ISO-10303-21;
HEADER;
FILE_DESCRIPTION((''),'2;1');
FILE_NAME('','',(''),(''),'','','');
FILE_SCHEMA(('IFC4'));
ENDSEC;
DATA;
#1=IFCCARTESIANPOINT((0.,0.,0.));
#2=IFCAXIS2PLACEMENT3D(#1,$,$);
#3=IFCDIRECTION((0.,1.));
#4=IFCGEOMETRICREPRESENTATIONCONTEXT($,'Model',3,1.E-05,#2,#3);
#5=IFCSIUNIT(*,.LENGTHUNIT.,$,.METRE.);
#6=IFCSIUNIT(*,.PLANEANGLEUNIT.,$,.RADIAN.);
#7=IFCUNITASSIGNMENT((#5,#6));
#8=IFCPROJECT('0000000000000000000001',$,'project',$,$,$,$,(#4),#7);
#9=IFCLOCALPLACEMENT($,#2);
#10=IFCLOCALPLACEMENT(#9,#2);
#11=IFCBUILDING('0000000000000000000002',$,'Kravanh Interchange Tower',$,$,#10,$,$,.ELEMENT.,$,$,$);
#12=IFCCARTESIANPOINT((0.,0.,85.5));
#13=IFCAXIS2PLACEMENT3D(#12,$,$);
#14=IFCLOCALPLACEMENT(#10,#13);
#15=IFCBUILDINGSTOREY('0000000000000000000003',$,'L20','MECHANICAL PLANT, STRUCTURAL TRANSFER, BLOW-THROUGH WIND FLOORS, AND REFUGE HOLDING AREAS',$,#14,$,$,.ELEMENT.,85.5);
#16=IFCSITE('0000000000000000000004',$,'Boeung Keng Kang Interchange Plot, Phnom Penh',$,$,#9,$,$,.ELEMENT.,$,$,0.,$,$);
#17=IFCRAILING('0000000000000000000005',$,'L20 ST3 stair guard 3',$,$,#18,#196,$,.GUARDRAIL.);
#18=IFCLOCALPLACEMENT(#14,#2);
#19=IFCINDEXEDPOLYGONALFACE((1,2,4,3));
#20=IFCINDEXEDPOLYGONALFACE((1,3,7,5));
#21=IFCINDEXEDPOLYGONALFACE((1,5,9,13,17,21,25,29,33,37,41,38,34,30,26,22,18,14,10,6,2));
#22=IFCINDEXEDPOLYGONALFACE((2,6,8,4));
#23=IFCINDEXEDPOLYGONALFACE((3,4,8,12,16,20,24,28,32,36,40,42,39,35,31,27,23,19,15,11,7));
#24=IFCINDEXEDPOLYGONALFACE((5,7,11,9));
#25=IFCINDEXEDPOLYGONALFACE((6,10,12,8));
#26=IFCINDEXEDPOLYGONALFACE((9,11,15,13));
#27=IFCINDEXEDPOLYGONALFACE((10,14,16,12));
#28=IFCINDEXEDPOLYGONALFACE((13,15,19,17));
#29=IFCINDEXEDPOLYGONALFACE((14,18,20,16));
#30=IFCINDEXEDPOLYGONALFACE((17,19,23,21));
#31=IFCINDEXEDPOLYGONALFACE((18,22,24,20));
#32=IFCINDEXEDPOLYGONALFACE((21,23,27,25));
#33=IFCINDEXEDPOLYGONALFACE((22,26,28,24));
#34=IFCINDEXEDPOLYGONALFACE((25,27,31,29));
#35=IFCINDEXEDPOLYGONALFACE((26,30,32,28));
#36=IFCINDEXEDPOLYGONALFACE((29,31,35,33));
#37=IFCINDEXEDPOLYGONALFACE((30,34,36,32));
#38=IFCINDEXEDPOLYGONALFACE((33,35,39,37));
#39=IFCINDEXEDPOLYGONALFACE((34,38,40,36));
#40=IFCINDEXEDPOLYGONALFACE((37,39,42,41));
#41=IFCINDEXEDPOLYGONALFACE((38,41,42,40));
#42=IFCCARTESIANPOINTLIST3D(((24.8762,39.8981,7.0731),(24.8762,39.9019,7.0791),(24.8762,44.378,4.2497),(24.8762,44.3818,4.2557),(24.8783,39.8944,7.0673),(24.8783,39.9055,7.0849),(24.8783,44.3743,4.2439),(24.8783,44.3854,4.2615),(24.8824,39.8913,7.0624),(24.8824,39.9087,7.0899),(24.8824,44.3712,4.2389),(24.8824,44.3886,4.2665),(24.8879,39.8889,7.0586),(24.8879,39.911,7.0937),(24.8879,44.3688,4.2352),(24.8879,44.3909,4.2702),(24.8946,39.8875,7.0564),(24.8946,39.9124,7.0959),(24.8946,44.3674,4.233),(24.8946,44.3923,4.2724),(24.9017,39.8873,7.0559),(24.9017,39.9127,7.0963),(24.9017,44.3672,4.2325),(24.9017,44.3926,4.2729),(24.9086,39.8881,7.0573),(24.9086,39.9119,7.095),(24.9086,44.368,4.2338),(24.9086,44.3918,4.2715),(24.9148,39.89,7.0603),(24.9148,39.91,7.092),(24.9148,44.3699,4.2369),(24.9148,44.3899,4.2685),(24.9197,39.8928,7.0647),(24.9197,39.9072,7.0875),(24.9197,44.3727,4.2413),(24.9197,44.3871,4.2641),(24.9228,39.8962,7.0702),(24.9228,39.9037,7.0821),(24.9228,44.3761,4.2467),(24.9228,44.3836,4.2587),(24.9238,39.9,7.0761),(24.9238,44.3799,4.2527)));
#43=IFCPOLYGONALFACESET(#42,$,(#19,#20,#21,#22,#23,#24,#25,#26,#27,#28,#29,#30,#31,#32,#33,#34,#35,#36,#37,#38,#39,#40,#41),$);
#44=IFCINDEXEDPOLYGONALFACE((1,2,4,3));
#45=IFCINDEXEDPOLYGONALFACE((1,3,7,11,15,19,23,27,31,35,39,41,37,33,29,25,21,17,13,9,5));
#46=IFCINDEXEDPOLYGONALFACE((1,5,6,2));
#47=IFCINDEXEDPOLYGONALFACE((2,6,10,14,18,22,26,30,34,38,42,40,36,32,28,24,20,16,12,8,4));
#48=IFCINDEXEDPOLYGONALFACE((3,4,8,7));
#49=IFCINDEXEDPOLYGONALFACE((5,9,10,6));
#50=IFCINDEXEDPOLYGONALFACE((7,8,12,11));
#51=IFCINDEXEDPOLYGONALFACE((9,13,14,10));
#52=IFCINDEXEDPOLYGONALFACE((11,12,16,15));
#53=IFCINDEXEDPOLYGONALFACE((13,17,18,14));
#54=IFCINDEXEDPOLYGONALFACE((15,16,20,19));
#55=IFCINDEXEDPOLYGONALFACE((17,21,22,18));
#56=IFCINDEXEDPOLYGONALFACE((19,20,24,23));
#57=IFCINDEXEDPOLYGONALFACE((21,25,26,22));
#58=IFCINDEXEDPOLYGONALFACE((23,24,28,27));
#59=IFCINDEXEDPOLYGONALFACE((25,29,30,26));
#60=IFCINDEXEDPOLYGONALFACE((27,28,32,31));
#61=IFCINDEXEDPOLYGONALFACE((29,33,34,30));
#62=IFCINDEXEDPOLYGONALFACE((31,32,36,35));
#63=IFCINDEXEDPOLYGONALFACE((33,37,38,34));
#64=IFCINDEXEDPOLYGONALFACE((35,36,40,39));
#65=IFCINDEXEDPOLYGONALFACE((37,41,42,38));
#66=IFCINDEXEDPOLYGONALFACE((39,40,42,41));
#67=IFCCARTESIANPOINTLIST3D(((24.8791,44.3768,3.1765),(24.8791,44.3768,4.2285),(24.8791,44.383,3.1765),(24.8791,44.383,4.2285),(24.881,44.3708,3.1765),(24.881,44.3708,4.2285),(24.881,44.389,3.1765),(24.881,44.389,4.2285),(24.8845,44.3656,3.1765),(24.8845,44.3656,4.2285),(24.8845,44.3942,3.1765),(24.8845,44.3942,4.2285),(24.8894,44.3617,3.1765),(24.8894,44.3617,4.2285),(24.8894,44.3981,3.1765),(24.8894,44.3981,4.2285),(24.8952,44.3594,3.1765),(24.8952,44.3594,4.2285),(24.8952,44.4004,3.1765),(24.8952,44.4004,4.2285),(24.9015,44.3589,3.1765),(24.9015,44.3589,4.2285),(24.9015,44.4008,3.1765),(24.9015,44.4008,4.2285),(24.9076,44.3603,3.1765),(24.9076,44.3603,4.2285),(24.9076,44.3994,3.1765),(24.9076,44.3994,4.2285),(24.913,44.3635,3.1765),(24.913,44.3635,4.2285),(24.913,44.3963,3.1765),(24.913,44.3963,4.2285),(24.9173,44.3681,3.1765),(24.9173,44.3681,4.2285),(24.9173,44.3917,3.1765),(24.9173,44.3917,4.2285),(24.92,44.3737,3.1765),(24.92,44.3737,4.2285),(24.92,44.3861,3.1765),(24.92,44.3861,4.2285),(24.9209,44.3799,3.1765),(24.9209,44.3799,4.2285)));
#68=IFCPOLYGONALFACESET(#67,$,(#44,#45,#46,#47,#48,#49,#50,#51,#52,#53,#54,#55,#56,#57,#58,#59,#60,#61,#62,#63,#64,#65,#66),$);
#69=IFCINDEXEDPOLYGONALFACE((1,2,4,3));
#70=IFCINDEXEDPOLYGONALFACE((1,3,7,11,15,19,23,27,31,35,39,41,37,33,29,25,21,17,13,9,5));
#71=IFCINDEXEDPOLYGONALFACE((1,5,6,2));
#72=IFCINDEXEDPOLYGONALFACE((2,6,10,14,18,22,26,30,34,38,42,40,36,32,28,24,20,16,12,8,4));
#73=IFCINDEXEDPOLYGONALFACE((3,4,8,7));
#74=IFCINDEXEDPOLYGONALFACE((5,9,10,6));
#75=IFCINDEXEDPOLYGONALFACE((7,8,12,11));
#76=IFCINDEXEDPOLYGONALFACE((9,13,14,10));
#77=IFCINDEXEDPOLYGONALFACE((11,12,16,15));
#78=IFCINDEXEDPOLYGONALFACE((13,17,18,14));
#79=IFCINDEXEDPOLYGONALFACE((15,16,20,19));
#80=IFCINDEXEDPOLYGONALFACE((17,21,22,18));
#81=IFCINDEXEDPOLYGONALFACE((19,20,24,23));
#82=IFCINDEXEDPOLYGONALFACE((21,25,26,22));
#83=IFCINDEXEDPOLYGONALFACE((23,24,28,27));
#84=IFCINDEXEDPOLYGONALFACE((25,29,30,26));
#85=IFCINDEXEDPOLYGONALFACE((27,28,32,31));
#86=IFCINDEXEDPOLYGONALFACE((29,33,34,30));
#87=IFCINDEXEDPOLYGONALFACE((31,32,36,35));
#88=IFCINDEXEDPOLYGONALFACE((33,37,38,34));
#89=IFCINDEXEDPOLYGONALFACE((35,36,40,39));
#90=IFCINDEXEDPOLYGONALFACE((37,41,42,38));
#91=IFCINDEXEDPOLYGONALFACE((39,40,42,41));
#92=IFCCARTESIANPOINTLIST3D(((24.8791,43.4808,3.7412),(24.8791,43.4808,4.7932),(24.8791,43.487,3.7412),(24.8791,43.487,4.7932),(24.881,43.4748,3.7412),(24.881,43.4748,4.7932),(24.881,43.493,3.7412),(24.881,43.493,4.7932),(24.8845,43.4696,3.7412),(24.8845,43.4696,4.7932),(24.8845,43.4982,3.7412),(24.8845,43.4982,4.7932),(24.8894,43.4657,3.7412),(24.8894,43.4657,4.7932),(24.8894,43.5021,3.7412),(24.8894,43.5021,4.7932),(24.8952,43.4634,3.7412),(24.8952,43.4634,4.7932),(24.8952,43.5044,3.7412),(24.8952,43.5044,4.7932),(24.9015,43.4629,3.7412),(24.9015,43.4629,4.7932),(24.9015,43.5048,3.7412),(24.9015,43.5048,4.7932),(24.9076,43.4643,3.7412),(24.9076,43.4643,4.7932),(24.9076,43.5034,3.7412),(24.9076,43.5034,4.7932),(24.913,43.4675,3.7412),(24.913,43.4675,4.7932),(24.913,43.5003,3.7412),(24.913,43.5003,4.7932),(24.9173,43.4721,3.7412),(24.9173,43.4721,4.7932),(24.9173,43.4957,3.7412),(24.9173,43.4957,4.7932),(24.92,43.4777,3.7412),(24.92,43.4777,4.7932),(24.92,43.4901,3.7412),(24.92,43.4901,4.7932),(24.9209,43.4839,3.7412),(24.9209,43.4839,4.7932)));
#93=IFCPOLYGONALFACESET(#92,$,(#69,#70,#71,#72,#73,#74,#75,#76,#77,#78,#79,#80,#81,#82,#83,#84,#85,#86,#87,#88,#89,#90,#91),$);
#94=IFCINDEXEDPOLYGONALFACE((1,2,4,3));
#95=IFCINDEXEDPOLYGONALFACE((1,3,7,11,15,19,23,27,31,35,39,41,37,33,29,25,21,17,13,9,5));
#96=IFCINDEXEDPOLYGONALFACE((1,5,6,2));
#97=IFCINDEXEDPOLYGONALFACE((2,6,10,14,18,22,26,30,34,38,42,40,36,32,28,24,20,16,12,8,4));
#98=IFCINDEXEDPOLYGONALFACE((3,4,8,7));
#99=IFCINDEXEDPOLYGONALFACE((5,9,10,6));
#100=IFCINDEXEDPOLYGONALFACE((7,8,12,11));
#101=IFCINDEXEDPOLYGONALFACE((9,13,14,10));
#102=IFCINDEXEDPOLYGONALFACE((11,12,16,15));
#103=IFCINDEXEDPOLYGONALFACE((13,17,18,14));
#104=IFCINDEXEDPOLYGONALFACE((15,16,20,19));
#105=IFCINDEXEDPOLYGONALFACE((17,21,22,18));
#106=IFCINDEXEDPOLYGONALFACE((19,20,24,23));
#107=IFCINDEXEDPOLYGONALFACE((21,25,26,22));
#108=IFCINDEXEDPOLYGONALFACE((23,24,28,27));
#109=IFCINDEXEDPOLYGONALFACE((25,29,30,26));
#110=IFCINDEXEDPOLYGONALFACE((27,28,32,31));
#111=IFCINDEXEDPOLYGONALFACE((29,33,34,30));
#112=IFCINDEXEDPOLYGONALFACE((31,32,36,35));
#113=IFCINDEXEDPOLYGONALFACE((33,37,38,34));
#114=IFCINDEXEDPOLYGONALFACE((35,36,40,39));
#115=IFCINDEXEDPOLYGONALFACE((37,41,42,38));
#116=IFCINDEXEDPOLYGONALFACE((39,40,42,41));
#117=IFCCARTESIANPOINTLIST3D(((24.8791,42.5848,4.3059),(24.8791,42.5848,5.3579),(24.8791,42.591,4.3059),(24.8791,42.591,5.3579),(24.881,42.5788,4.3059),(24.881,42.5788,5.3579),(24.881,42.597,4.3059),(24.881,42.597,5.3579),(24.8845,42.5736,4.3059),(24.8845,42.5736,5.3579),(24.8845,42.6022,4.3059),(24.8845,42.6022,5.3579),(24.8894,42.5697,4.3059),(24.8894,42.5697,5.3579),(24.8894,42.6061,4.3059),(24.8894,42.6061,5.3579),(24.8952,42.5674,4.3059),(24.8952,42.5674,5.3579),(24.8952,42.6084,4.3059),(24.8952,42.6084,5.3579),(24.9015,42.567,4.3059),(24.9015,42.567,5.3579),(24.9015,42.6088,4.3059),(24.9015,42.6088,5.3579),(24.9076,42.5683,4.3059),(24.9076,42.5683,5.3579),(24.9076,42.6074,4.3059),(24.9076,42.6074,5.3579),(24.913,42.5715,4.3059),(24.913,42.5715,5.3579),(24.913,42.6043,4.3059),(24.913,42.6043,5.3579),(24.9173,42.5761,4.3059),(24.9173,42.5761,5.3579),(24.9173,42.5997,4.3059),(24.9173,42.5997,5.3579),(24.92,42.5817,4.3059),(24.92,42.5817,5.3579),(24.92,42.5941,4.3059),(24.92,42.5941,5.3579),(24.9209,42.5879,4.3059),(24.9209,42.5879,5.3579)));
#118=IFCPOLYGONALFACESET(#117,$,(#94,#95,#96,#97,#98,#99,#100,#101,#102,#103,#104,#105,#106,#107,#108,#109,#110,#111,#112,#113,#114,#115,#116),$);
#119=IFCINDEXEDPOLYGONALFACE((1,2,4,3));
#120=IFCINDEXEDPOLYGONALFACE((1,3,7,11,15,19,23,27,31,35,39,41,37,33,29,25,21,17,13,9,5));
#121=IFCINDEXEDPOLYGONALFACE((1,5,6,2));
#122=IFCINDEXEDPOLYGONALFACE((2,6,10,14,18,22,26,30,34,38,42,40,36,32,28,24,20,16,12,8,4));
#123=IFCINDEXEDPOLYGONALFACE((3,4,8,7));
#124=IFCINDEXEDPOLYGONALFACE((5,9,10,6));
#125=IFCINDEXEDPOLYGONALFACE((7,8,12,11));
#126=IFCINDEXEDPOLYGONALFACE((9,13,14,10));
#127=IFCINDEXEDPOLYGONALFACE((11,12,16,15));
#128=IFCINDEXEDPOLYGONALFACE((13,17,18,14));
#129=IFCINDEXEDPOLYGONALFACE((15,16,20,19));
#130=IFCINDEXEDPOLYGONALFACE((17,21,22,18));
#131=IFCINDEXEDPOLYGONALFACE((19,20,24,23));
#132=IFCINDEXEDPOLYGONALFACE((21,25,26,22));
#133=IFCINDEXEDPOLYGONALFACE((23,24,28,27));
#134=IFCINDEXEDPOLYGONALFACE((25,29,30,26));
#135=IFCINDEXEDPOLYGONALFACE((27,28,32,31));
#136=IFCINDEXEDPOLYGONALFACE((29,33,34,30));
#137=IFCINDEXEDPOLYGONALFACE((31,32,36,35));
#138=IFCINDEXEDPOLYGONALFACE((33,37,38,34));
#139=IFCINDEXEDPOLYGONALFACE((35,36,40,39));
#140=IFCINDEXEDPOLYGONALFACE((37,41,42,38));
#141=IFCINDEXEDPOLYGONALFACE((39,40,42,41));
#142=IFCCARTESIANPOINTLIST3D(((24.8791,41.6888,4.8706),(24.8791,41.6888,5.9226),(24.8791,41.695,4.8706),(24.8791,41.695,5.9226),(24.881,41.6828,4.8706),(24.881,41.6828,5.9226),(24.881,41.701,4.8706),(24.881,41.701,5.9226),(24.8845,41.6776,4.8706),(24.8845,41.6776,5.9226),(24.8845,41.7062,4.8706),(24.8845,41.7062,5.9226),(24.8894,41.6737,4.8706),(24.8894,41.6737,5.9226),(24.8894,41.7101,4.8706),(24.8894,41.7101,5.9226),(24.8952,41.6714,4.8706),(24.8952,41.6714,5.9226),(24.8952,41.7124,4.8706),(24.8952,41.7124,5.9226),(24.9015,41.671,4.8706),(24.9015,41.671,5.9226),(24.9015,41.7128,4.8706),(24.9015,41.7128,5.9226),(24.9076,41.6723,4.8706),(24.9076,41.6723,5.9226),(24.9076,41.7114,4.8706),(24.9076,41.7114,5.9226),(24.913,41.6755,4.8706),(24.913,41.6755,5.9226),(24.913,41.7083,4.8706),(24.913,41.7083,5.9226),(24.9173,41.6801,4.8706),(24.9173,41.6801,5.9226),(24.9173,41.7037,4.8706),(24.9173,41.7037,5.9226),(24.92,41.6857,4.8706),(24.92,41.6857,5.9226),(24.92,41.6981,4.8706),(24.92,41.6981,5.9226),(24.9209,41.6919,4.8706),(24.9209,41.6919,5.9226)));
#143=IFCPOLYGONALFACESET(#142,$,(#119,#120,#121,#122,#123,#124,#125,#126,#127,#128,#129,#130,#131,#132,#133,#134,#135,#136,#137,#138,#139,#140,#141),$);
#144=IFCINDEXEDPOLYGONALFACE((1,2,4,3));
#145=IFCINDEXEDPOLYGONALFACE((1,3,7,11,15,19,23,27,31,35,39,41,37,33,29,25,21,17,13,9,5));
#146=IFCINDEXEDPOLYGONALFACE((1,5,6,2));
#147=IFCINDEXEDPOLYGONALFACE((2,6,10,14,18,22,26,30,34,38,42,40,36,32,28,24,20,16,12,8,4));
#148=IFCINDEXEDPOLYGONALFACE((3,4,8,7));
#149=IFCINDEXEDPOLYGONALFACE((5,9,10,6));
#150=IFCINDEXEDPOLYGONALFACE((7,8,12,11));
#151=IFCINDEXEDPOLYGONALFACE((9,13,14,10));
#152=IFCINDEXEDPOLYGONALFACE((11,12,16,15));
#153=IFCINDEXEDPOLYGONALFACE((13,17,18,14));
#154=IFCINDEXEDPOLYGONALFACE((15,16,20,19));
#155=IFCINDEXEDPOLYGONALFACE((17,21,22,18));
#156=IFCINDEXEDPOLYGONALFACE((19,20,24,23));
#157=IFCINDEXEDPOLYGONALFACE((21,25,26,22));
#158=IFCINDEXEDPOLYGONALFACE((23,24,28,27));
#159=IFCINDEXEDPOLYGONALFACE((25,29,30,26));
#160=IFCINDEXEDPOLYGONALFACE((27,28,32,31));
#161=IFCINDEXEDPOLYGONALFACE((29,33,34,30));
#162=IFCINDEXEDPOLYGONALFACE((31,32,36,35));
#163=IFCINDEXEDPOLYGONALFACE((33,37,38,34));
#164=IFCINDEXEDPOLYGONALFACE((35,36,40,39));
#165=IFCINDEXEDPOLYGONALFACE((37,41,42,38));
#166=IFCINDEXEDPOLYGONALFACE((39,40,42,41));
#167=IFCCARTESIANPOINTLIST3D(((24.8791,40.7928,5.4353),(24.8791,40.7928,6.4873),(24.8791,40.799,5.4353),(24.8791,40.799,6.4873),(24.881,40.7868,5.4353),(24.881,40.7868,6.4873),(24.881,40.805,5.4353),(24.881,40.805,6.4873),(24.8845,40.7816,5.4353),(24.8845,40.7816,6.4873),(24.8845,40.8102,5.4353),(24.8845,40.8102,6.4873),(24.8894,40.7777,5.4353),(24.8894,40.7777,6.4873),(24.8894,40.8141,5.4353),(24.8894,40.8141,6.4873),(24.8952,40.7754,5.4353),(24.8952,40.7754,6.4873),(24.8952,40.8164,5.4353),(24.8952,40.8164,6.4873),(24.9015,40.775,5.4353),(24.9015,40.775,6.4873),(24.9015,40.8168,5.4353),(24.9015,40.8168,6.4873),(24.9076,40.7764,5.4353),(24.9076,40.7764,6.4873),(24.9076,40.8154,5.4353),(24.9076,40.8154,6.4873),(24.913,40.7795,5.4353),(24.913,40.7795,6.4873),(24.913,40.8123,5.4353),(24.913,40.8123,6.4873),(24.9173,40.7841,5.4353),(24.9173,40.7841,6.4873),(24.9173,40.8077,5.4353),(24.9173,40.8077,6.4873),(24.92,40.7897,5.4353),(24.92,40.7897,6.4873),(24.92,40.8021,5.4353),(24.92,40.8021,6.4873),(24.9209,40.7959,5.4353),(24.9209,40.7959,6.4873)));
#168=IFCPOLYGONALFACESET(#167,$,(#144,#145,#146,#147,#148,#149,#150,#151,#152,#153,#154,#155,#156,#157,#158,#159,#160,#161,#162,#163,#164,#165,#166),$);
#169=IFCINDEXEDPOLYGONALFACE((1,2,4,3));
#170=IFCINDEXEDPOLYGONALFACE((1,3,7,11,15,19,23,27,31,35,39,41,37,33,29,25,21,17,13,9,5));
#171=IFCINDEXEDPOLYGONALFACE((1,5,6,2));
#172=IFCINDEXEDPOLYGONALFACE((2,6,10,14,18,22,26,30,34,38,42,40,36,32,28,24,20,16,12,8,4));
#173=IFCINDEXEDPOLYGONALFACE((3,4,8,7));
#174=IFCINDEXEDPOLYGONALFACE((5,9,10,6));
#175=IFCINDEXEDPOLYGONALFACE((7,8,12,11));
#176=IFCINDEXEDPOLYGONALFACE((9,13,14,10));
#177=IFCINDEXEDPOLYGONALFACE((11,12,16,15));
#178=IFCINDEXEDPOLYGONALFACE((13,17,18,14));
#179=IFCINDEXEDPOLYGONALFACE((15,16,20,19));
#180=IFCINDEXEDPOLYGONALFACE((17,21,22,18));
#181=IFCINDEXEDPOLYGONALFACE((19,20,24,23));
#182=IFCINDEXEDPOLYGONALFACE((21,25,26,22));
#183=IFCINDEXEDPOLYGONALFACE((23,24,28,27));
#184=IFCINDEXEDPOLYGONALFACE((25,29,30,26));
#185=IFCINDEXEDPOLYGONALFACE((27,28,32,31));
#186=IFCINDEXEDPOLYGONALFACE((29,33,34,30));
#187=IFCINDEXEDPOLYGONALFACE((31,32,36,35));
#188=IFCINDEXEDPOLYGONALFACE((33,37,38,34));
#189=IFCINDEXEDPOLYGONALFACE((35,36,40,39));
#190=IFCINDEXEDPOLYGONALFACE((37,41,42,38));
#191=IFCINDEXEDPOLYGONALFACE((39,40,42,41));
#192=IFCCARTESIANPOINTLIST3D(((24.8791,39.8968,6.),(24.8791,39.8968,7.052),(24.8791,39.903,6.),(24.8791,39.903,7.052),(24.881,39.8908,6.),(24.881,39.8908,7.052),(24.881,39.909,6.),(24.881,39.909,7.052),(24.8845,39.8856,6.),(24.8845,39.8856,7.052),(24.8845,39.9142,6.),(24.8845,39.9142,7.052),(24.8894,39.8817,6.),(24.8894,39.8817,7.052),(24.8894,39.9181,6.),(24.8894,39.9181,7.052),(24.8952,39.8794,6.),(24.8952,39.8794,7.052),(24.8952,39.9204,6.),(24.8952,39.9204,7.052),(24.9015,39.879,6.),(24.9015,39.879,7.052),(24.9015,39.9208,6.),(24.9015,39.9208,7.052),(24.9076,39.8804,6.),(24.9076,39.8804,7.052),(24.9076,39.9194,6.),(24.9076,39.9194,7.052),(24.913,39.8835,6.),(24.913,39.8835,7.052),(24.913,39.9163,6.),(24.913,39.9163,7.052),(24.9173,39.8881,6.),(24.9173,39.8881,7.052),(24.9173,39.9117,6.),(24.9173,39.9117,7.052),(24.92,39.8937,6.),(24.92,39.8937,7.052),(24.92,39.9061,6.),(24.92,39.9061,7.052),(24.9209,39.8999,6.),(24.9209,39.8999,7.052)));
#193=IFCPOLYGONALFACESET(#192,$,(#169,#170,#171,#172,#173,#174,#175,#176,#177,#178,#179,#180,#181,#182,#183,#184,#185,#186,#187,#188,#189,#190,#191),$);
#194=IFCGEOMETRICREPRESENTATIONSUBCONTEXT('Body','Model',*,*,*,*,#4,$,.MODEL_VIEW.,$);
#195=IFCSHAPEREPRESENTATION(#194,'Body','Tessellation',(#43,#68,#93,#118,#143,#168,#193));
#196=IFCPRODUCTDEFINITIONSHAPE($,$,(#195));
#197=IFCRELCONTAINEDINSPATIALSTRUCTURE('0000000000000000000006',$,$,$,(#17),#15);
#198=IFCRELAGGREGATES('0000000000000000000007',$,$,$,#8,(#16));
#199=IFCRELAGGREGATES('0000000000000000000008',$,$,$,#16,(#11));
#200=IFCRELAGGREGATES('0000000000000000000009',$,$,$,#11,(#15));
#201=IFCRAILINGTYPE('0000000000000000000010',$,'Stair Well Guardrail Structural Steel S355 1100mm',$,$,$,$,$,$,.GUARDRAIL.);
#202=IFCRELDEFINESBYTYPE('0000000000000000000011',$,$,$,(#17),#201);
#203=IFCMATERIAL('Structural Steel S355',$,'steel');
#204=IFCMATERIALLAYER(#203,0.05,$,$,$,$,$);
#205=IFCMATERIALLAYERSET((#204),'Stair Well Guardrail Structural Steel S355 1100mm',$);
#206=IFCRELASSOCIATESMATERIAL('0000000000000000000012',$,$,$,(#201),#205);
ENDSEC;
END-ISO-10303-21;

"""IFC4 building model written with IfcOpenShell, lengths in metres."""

from ifc_helpers import new_model, si_unit, direction, frame, origin, origin_2d, place, context, subcontext, project, spatial, circle, extrude, material, layer, layer_set, type_object, element, save


model = new_model("IFC4")

# Units and contexts
model_context = context("Model", 3, precision=1e-05, world=origin(), true_north=direction((0.0, 1.0)))
body_context = subcontext(model_context, "Body", "Model", "MODEL_VIEW")
ifc_project = project(units=[si_unit("LENGTHUNIT", "METRE"), si_unit("PLANEANGLEUNIT", "RADIAN")], contexts=[model_context])

# Site, building, storey
site_placement = place(None, origin())
site = spatial("IfcSite", under=ifc_project, at=site_placement, Name="Boeung Keng Kang Interchange Plot, Phnom Penh", CompositionType="ELEMENT", RefElevation=0.0)
building_placement = place(site_placement, origin())
building = spatial("IfcBuilding", under=site, at=building_placement, Name="Kravanh Interchange Tower", CompositionType="ELEMENT")
storey_placement = place(building_placement, frame((0.0, 0.0, 85.5)))
storey = spatial("IfcBuildingStorey", under=building, at=storey_placement, Name="L20", Description="MECHANICAL PLANT, STRUCTURAL TRANSFER, BLOW-THROUGH WIND FLOORS, AND REFUGE HOLDING AREAS", CompositionType="ELEMENT", Elevation=85.5)

# Railing
ifc_material_1 = material(Name="Structural Steel S355", Category="steel")
ifc_layer_1 = layer(ifc_material_1, 0.05)
ifc_layer_set_1 = layer_set([ifc_layer_1], Name="Stair Well Guardrail Structural Steel S355 1100mm")
railing_type_1 = type_object("IfcRailingType", Name="Stair Well Guardrail Structural Steel S355 1100mm", PredefinedType="GUARDRAIL", material=ifc_layer_set_1)
railing_1_placement = place(storey_placement, frame((24.8999, 44.3799, 3.1765)))
element("IfcRailing", 1, at=railing_1_placement, inside=storey, type_object=railing_type_1, Name="L20 ST3 stair guard 3", PredefinedType="GUARDRAIL", context=body_context, shape_type="SweptSolid", body=[
    extrude(circle(Radius=0.0239, at=origin_2d()), frame((0.0, 0.0, 1.0762), z_axis=(0.0, -0.845998, 0.533186), x_axis=(1.0, 0.0, 0.0)), (0.0, 0.0, 1.0), 5.2954),
    extrude(circle(Radius=0.021, at=origin_2d()), origin(), (0.0, 0.0, 1.0), 1.052),
    extrude(circle(Radius=0.021, at=origin_2d()), frame((0.0, -0.896, 0.5647)), (0.0, 0.0, 1.0), 1.052),
    extrude(circle(Radius=0.021, at=origin_2d()), frame((0.0, -1.792, 1.1294)), (0.0, 0.0, 1.0), 1.052),
    extrude(circle(Radius=0.021, at=origin_2d()), frame((0.0, -2.688, 1.6941)), (0.0, 0.0, 1.0), 1.052),
    extrude(circle(Radius=0.021, at=origin_2d()), frame((0.0, -3.584, 2.2588)), (0.0, 0.0, 1.0), 1.052),
    extrude(circle(Radius=0.021, at=origin_2d()), frame((0.0, -4.48, 2.8235)), (0.0, 0.0, 1.0), 1.052),
])

save(model, "model.ifc")
